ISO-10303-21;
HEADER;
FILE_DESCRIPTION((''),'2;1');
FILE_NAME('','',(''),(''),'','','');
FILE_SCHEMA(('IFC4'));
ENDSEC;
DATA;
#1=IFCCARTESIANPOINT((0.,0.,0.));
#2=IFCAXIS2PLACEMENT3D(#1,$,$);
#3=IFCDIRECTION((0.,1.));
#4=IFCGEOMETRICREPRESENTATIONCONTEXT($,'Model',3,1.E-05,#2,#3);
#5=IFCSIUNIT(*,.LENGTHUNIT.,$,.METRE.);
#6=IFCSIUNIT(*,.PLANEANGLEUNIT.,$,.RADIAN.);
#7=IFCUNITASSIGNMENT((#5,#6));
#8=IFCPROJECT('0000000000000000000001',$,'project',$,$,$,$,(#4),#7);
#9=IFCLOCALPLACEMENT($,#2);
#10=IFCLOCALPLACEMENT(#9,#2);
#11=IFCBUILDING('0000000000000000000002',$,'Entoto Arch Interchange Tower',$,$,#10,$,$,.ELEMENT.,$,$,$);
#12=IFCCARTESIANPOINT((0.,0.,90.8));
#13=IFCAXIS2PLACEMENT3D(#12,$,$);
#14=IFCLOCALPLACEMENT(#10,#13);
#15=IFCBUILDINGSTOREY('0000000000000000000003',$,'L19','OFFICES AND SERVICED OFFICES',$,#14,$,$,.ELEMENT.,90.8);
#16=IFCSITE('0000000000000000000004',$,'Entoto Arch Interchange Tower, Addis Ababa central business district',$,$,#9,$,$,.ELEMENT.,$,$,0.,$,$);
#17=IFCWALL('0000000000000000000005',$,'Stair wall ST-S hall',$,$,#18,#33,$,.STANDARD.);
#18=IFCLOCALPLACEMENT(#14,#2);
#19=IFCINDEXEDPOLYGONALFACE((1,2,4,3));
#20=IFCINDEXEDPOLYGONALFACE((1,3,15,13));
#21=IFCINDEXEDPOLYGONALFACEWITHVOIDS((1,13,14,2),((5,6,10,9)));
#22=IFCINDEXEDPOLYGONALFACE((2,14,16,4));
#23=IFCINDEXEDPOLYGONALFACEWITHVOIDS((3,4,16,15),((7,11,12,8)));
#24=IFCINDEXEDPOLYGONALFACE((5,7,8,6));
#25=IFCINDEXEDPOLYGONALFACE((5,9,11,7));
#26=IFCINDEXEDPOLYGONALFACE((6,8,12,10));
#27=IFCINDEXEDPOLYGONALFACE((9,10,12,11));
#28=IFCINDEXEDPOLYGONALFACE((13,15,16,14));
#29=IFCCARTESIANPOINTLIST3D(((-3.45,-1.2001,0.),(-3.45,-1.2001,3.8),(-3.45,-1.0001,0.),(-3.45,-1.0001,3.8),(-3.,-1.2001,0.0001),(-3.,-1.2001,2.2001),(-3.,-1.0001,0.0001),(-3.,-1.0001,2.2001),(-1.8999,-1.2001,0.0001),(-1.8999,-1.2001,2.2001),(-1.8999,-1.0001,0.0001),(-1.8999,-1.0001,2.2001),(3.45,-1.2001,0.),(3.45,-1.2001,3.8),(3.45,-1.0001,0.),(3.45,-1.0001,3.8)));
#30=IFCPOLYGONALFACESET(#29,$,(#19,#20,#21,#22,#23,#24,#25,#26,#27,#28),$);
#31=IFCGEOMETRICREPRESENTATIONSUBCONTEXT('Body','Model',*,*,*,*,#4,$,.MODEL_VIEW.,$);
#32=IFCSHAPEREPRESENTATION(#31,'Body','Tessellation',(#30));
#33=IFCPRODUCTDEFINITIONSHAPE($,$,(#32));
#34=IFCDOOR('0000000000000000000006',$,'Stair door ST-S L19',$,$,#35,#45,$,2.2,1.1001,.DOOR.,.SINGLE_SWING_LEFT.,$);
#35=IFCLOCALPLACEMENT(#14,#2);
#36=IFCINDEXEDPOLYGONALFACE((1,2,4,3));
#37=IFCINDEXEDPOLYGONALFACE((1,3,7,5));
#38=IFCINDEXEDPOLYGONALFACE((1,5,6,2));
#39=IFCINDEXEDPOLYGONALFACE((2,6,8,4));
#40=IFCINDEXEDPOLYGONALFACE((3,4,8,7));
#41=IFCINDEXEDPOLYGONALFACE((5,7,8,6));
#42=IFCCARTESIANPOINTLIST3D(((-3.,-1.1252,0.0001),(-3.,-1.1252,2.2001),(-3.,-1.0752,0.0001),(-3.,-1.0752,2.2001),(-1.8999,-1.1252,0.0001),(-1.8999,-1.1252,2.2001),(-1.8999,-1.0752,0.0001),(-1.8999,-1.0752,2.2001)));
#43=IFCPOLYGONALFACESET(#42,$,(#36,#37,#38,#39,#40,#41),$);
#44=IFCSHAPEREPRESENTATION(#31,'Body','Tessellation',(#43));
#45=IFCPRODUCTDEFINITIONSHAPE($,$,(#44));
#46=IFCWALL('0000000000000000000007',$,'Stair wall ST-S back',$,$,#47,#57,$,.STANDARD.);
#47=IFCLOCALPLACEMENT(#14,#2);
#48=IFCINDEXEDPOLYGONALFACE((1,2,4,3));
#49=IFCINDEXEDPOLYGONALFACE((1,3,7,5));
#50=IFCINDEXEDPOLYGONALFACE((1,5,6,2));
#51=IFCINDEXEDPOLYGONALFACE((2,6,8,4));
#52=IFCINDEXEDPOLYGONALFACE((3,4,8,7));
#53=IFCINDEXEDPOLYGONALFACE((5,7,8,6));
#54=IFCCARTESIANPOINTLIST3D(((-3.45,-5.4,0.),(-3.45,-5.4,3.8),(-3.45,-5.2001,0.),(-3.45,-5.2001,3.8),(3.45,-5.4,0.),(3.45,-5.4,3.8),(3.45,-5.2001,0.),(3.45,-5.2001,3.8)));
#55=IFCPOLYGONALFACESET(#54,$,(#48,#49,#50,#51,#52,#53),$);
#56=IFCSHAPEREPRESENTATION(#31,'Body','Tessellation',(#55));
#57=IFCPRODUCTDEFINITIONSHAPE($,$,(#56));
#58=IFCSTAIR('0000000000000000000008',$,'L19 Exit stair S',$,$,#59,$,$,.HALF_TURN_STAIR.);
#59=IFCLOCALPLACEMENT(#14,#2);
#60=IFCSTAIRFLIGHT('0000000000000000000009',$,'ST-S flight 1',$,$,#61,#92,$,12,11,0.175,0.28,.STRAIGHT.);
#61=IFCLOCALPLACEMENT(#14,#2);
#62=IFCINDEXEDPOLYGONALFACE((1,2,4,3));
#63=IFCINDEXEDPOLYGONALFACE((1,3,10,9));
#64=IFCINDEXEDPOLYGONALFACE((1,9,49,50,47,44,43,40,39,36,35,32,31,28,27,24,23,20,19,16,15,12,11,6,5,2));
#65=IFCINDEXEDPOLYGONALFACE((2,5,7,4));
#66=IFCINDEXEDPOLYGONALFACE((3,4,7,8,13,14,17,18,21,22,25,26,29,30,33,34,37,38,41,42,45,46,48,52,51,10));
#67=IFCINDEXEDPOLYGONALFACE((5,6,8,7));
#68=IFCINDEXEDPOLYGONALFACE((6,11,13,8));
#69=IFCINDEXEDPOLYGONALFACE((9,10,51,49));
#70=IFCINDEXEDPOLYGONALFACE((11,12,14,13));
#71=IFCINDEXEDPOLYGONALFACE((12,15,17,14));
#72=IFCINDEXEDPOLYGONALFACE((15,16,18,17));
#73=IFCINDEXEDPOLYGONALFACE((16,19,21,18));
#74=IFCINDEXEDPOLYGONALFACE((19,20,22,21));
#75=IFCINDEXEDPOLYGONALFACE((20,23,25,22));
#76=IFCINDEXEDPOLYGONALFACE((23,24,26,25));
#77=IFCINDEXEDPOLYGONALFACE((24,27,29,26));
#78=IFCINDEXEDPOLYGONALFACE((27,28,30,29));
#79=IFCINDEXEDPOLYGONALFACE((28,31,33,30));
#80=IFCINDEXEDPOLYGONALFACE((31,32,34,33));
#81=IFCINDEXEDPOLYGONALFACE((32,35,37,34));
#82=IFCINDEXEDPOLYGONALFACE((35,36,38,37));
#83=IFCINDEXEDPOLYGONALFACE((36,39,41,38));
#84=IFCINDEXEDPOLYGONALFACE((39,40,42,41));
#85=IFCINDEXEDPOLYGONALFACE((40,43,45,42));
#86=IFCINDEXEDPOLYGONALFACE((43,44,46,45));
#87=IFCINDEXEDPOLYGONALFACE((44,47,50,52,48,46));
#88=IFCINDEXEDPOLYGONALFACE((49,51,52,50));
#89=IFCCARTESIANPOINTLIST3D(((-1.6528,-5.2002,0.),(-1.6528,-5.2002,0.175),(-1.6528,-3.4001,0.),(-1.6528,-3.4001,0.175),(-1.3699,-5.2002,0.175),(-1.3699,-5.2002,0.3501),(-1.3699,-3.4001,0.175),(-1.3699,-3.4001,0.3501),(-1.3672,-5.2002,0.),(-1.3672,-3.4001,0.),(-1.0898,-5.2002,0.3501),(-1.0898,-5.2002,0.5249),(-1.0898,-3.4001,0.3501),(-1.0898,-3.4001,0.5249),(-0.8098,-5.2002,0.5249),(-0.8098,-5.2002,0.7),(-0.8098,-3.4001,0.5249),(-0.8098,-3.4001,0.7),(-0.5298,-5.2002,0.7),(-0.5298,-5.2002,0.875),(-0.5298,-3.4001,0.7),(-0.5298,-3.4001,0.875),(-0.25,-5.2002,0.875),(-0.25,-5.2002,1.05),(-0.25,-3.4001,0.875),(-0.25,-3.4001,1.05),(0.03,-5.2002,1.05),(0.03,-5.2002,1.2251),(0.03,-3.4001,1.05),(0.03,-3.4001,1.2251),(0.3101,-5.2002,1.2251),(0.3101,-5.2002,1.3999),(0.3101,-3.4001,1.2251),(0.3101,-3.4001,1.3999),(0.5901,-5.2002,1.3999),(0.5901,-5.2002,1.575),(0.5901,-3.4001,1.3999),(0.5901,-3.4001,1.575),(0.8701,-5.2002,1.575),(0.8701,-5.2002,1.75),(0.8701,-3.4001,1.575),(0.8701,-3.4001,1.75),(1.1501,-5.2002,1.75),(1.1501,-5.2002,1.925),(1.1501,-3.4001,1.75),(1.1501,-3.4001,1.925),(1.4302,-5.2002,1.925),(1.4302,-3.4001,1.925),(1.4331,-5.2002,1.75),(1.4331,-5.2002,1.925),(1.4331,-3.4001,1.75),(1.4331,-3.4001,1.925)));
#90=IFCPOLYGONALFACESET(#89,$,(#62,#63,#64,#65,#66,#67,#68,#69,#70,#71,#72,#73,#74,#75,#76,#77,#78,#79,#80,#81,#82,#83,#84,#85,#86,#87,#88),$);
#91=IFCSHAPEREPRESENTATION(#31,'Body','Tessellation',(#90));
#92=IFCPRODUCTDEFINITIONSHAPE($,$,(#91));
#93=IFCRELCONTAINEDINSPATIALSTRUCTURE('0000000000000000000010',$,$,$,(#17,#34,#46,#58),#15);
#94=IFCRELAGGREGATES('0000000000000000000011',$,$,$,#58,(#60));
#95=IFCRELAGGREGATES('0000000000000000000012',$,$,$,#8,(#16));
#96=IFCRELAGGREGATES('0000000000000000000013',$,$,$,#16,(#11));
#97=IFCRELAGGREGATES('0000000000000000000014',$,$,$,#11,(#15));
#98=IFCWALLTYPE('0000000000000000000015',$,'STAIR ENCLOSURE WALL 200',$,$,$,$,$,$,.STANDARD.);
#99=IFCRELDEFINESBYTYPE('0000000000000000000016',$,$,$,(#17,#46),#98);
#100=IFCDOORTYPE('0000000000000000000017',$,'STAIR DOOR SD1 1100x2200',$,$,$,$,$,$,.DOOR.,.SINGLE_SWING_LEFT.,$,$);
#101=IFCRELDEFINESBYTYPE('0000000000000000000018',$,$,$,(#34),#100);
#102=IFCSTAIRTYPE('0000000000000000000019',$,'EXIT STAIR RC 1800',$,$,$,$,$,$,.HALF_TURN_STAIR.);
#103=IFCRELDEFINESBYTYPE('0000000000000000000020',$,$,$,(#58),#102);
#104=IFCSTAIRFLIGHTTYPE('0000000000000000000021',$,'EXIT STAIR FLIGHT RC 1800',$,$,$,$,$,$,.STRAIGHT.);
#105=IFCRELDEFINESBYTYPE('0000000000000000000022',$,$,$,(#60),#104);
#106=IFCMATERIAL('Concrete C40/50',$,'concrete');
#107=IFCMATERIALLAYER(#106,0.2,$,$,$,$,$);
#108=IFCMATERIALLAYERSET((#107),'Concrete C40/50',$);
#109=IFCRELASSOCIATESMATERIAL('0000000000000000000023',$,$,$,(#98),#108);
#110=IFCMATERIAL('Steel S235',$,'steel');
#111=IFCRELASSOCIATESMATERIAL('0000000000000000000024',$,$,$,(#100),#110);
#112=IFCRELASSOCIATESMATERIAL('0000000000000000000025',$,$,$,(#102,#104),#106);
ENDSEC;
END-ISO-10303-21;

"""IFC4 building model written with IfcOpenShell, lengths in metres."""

from ifc_helpers import new_model, si_unit, direction, frame, frame_2d, origin, place, context, subcontext, project, spatial, polyline, rectangle, outline, extrude, material, layer, layer_set, type_object, element, fill, aggregate, save


model = new_model("IFC4")

# Units and contexts
model_context = context("Model", 3, precision=1e-05, world=origin(), true_north=direction((0.0, 1.0)))
body_context = subcontext(model_context, "Body", "Model", "MODEL_VIEW")
ifc_project = project(units=[si_unit("LENGTHUNIT", "METRE"), si_unit("PLANEANGLEUNIT", "RADIAN")], contexts=[model_context])

# Site, building, storey
site_placement = place(None, origin())
site = spatial("IfcSite", under=ifc_project, at=site_placement, Name="Entoto Arch Interchange Tower, Addis Ababa central business district", CompositionType="ELEMENT", RefElevation=0.0)
building_placement = place(site_placement, origin())
building = spatial("IfcBuilding", under=site, at=building_placement, Name="Entoto Arch Interchange Tower", CompositionType="ELEMENT")
storey_placement = place(building_placement, frame((0.0, 0.0, 90.8)))
storey = spatial("IfcBuildingStorey", under=building, at=storey_placement, Name="L19", Description="OFFICES AND SERVICED OFFICES", CompositionType="ELEMENT", Elevation=90.8)

# Shared definitions
ifc_material_1 = material(Name="Concrete C40/50", Category="concrete")

# Wall, opening, door
ifc_layer_1 = layer(ifc_material_1, 0.2)
ifc_layer_set_1 = layer_set([ifc_layer_1], Name="Concrete C40/50")
wall_type_1 = type_object("IfcWallType", Name="STAIR ENCLOSURE WALL 200", PredefinedType="STANDARD", material=ifc_layer_set_1)
ifc_material_2 = material(Name="Steel S235", Category="steel")
door_type_1 = type_object("IfcDoorType", Name="STAIR DOOR SD1 1100x2200", OperationType="SINGLE_SWING_LEFT", PredefinedType="DOOR", material=ifc_material_2)
wall_1_placement = place(storey_placement, frame((-3.45, -1.1001, 0.0), z_axis=(0.0, 0.0, 1.0), x_axis=(1.0, 0.0, 0.0)))
wall_1 = element("IfcWall", 1, at=wall_1_placement, inside=storey, type_object=wall_type_1, Name="Stair wall ST-S hall", PredefinedType="STANDARD", context=body_context, shape_type="SweptSolid", body=[
    extrude(rectangle(XDim=6.8999, YDim=0.2, at=frame_2d((3.45, 0.0))), origin(), (0.0, 0.0, 1.0), 3.8),
])
opening_1_placement = place(wall_1_placement, frame((0.45, 0.0, 0.0)))
opening_1 = element("IfcOpeningElement", 2, at=opening_1_placement, cuts=wall_1, PredefinedType="OPENING", context=body_context, shape_type="SweptSolid", body=[
    extrude(rectangle(XDim=1.1001, YDim=2.2, at=frame_2d((0.55, 1.1001))), frame((0.0, 0.1099, 0.0), z_axis=(0.0, -1.0, 0.0), x_axis=(1.0, 0.0, 0.0)), (0.0, 0.0, 1.0), 0.22),
])
door_1_placement = place(opening_1_placement, origin())
door_1 = element("IfcDoor", 3, at=door_1_placement, inside=storey, type_object=door_type_1, Name="Stair door ST-S L19", OperationType="SINGLE_SWING_LEFT", OverallHeight=2.2, OverallWidth=1.1001, PredefinedType="DOOR", context=body_context, shape_type="SweptSolid", body=[
    extrude(rectangle(XDim=1.1001, YDim=2.2, at=frame_2d((0.55, 1.1001))), frame((0.0, 0.0249, 0.0), z_axis=(0.0, -1.0, 0.0), x_axis=(1.0, 0.0, 0.0)), (0.0, 0.0, 1.0), 0.05),
])
fill(opening_1, door_1)

# Wall
wall_2_placement = place(storey_placement, frame((-3.45, -5.3, 0.0), z_axis=(0.0, 0.0, 1.0), x_axis=(1.0, 0.0, 0.0)))
element("IfcWall", 4, at=wall_2_placement, inside=storey, type_object=wall_type_1, Name="Stair wall ST-S back", PredefinedType="STANDARD", context=body_context, shape_type="SweptSolid", body=[
    extrude(rectangle(XDim=6.8999, YDim=0.2, at=frame_2d((3.45, 0.0))), origin(), (0.0, 0.0, 1.0), 3.8),
])

# Stair, stair flight
stair_type = type_object("IfcStairType", Name="EXIT STAIR RC 1800", PredefinedType="HALF_TURN_STAIR", material=ifc_material_1)
stair_placement = place(storey_placement, origin())
stair = element("IfcStair", 5, at=stair_placement, inside=storey, type_object=stair_type, Name="L19 Exit stair S", PredefinedType="HALF_TURN_STAIR")
stair_flight_type = type_object("IfcStairFlightType", Name="EXIT STAIR FLIGHT RC 1800", PredefinedType="STRAIGHT", material=ifc_material_1)
stair_flight_placement = place(storey_placement, frame((-1.6499, -4.3, 0.0), z_axis=(0.0, 0.0, 1.0), x_axis=(1.0, 0.0, 0.0)))
stair_flight = element("IfcStairFlight", 6, at=stair_flight_placement, type_object=stair_flight_type, Name="ST-S flight 1", NumberOfRisers=12, NumberOfTreads=11, PredefinedType="STRAIGHT", RiserHeight=0.175, TreadLength=0.28, context=body_context, shape_type="SweptSolid", body=[
    extrude(outline(polyline([(-0.0029, 0.0), (-0.0029, 0.175), (0.28, 0.175), (0.28, 0.3501), (0.5601, 0.3501), (0.5601, 0.5249), (0.8401, 0.5249), (0.8401, 0.7), (1.1201, 0.7), (1.1201, 0.875), (1.3999, 0.875), (1.3999, 1.05), (1.6799, 1.05), (1.6799, 1.2251), (1.96, 1.2251), (1.96, 1.3999), (2.24, 1.3999), (2.24, 1.575), (2.52, 1.575), (2.52, 1.75), (2.8, 1.75), (2.8, 1.925), (3.0801, 1.925), (3.083, 1.925), (3.083, 1.75), (0.2827, 0.0), (-0.0029, 0.0)])), frame((0.0, 0.8999, 0.0), z_axis=(0.0, -1.0, 0.0), x_axis=(1.0, 0.0, 0.0)), (0.0, 0.0, 1.0), 1.8),
])
aggregate(stair, [stair_flight])

save(model, "model.ifc")
